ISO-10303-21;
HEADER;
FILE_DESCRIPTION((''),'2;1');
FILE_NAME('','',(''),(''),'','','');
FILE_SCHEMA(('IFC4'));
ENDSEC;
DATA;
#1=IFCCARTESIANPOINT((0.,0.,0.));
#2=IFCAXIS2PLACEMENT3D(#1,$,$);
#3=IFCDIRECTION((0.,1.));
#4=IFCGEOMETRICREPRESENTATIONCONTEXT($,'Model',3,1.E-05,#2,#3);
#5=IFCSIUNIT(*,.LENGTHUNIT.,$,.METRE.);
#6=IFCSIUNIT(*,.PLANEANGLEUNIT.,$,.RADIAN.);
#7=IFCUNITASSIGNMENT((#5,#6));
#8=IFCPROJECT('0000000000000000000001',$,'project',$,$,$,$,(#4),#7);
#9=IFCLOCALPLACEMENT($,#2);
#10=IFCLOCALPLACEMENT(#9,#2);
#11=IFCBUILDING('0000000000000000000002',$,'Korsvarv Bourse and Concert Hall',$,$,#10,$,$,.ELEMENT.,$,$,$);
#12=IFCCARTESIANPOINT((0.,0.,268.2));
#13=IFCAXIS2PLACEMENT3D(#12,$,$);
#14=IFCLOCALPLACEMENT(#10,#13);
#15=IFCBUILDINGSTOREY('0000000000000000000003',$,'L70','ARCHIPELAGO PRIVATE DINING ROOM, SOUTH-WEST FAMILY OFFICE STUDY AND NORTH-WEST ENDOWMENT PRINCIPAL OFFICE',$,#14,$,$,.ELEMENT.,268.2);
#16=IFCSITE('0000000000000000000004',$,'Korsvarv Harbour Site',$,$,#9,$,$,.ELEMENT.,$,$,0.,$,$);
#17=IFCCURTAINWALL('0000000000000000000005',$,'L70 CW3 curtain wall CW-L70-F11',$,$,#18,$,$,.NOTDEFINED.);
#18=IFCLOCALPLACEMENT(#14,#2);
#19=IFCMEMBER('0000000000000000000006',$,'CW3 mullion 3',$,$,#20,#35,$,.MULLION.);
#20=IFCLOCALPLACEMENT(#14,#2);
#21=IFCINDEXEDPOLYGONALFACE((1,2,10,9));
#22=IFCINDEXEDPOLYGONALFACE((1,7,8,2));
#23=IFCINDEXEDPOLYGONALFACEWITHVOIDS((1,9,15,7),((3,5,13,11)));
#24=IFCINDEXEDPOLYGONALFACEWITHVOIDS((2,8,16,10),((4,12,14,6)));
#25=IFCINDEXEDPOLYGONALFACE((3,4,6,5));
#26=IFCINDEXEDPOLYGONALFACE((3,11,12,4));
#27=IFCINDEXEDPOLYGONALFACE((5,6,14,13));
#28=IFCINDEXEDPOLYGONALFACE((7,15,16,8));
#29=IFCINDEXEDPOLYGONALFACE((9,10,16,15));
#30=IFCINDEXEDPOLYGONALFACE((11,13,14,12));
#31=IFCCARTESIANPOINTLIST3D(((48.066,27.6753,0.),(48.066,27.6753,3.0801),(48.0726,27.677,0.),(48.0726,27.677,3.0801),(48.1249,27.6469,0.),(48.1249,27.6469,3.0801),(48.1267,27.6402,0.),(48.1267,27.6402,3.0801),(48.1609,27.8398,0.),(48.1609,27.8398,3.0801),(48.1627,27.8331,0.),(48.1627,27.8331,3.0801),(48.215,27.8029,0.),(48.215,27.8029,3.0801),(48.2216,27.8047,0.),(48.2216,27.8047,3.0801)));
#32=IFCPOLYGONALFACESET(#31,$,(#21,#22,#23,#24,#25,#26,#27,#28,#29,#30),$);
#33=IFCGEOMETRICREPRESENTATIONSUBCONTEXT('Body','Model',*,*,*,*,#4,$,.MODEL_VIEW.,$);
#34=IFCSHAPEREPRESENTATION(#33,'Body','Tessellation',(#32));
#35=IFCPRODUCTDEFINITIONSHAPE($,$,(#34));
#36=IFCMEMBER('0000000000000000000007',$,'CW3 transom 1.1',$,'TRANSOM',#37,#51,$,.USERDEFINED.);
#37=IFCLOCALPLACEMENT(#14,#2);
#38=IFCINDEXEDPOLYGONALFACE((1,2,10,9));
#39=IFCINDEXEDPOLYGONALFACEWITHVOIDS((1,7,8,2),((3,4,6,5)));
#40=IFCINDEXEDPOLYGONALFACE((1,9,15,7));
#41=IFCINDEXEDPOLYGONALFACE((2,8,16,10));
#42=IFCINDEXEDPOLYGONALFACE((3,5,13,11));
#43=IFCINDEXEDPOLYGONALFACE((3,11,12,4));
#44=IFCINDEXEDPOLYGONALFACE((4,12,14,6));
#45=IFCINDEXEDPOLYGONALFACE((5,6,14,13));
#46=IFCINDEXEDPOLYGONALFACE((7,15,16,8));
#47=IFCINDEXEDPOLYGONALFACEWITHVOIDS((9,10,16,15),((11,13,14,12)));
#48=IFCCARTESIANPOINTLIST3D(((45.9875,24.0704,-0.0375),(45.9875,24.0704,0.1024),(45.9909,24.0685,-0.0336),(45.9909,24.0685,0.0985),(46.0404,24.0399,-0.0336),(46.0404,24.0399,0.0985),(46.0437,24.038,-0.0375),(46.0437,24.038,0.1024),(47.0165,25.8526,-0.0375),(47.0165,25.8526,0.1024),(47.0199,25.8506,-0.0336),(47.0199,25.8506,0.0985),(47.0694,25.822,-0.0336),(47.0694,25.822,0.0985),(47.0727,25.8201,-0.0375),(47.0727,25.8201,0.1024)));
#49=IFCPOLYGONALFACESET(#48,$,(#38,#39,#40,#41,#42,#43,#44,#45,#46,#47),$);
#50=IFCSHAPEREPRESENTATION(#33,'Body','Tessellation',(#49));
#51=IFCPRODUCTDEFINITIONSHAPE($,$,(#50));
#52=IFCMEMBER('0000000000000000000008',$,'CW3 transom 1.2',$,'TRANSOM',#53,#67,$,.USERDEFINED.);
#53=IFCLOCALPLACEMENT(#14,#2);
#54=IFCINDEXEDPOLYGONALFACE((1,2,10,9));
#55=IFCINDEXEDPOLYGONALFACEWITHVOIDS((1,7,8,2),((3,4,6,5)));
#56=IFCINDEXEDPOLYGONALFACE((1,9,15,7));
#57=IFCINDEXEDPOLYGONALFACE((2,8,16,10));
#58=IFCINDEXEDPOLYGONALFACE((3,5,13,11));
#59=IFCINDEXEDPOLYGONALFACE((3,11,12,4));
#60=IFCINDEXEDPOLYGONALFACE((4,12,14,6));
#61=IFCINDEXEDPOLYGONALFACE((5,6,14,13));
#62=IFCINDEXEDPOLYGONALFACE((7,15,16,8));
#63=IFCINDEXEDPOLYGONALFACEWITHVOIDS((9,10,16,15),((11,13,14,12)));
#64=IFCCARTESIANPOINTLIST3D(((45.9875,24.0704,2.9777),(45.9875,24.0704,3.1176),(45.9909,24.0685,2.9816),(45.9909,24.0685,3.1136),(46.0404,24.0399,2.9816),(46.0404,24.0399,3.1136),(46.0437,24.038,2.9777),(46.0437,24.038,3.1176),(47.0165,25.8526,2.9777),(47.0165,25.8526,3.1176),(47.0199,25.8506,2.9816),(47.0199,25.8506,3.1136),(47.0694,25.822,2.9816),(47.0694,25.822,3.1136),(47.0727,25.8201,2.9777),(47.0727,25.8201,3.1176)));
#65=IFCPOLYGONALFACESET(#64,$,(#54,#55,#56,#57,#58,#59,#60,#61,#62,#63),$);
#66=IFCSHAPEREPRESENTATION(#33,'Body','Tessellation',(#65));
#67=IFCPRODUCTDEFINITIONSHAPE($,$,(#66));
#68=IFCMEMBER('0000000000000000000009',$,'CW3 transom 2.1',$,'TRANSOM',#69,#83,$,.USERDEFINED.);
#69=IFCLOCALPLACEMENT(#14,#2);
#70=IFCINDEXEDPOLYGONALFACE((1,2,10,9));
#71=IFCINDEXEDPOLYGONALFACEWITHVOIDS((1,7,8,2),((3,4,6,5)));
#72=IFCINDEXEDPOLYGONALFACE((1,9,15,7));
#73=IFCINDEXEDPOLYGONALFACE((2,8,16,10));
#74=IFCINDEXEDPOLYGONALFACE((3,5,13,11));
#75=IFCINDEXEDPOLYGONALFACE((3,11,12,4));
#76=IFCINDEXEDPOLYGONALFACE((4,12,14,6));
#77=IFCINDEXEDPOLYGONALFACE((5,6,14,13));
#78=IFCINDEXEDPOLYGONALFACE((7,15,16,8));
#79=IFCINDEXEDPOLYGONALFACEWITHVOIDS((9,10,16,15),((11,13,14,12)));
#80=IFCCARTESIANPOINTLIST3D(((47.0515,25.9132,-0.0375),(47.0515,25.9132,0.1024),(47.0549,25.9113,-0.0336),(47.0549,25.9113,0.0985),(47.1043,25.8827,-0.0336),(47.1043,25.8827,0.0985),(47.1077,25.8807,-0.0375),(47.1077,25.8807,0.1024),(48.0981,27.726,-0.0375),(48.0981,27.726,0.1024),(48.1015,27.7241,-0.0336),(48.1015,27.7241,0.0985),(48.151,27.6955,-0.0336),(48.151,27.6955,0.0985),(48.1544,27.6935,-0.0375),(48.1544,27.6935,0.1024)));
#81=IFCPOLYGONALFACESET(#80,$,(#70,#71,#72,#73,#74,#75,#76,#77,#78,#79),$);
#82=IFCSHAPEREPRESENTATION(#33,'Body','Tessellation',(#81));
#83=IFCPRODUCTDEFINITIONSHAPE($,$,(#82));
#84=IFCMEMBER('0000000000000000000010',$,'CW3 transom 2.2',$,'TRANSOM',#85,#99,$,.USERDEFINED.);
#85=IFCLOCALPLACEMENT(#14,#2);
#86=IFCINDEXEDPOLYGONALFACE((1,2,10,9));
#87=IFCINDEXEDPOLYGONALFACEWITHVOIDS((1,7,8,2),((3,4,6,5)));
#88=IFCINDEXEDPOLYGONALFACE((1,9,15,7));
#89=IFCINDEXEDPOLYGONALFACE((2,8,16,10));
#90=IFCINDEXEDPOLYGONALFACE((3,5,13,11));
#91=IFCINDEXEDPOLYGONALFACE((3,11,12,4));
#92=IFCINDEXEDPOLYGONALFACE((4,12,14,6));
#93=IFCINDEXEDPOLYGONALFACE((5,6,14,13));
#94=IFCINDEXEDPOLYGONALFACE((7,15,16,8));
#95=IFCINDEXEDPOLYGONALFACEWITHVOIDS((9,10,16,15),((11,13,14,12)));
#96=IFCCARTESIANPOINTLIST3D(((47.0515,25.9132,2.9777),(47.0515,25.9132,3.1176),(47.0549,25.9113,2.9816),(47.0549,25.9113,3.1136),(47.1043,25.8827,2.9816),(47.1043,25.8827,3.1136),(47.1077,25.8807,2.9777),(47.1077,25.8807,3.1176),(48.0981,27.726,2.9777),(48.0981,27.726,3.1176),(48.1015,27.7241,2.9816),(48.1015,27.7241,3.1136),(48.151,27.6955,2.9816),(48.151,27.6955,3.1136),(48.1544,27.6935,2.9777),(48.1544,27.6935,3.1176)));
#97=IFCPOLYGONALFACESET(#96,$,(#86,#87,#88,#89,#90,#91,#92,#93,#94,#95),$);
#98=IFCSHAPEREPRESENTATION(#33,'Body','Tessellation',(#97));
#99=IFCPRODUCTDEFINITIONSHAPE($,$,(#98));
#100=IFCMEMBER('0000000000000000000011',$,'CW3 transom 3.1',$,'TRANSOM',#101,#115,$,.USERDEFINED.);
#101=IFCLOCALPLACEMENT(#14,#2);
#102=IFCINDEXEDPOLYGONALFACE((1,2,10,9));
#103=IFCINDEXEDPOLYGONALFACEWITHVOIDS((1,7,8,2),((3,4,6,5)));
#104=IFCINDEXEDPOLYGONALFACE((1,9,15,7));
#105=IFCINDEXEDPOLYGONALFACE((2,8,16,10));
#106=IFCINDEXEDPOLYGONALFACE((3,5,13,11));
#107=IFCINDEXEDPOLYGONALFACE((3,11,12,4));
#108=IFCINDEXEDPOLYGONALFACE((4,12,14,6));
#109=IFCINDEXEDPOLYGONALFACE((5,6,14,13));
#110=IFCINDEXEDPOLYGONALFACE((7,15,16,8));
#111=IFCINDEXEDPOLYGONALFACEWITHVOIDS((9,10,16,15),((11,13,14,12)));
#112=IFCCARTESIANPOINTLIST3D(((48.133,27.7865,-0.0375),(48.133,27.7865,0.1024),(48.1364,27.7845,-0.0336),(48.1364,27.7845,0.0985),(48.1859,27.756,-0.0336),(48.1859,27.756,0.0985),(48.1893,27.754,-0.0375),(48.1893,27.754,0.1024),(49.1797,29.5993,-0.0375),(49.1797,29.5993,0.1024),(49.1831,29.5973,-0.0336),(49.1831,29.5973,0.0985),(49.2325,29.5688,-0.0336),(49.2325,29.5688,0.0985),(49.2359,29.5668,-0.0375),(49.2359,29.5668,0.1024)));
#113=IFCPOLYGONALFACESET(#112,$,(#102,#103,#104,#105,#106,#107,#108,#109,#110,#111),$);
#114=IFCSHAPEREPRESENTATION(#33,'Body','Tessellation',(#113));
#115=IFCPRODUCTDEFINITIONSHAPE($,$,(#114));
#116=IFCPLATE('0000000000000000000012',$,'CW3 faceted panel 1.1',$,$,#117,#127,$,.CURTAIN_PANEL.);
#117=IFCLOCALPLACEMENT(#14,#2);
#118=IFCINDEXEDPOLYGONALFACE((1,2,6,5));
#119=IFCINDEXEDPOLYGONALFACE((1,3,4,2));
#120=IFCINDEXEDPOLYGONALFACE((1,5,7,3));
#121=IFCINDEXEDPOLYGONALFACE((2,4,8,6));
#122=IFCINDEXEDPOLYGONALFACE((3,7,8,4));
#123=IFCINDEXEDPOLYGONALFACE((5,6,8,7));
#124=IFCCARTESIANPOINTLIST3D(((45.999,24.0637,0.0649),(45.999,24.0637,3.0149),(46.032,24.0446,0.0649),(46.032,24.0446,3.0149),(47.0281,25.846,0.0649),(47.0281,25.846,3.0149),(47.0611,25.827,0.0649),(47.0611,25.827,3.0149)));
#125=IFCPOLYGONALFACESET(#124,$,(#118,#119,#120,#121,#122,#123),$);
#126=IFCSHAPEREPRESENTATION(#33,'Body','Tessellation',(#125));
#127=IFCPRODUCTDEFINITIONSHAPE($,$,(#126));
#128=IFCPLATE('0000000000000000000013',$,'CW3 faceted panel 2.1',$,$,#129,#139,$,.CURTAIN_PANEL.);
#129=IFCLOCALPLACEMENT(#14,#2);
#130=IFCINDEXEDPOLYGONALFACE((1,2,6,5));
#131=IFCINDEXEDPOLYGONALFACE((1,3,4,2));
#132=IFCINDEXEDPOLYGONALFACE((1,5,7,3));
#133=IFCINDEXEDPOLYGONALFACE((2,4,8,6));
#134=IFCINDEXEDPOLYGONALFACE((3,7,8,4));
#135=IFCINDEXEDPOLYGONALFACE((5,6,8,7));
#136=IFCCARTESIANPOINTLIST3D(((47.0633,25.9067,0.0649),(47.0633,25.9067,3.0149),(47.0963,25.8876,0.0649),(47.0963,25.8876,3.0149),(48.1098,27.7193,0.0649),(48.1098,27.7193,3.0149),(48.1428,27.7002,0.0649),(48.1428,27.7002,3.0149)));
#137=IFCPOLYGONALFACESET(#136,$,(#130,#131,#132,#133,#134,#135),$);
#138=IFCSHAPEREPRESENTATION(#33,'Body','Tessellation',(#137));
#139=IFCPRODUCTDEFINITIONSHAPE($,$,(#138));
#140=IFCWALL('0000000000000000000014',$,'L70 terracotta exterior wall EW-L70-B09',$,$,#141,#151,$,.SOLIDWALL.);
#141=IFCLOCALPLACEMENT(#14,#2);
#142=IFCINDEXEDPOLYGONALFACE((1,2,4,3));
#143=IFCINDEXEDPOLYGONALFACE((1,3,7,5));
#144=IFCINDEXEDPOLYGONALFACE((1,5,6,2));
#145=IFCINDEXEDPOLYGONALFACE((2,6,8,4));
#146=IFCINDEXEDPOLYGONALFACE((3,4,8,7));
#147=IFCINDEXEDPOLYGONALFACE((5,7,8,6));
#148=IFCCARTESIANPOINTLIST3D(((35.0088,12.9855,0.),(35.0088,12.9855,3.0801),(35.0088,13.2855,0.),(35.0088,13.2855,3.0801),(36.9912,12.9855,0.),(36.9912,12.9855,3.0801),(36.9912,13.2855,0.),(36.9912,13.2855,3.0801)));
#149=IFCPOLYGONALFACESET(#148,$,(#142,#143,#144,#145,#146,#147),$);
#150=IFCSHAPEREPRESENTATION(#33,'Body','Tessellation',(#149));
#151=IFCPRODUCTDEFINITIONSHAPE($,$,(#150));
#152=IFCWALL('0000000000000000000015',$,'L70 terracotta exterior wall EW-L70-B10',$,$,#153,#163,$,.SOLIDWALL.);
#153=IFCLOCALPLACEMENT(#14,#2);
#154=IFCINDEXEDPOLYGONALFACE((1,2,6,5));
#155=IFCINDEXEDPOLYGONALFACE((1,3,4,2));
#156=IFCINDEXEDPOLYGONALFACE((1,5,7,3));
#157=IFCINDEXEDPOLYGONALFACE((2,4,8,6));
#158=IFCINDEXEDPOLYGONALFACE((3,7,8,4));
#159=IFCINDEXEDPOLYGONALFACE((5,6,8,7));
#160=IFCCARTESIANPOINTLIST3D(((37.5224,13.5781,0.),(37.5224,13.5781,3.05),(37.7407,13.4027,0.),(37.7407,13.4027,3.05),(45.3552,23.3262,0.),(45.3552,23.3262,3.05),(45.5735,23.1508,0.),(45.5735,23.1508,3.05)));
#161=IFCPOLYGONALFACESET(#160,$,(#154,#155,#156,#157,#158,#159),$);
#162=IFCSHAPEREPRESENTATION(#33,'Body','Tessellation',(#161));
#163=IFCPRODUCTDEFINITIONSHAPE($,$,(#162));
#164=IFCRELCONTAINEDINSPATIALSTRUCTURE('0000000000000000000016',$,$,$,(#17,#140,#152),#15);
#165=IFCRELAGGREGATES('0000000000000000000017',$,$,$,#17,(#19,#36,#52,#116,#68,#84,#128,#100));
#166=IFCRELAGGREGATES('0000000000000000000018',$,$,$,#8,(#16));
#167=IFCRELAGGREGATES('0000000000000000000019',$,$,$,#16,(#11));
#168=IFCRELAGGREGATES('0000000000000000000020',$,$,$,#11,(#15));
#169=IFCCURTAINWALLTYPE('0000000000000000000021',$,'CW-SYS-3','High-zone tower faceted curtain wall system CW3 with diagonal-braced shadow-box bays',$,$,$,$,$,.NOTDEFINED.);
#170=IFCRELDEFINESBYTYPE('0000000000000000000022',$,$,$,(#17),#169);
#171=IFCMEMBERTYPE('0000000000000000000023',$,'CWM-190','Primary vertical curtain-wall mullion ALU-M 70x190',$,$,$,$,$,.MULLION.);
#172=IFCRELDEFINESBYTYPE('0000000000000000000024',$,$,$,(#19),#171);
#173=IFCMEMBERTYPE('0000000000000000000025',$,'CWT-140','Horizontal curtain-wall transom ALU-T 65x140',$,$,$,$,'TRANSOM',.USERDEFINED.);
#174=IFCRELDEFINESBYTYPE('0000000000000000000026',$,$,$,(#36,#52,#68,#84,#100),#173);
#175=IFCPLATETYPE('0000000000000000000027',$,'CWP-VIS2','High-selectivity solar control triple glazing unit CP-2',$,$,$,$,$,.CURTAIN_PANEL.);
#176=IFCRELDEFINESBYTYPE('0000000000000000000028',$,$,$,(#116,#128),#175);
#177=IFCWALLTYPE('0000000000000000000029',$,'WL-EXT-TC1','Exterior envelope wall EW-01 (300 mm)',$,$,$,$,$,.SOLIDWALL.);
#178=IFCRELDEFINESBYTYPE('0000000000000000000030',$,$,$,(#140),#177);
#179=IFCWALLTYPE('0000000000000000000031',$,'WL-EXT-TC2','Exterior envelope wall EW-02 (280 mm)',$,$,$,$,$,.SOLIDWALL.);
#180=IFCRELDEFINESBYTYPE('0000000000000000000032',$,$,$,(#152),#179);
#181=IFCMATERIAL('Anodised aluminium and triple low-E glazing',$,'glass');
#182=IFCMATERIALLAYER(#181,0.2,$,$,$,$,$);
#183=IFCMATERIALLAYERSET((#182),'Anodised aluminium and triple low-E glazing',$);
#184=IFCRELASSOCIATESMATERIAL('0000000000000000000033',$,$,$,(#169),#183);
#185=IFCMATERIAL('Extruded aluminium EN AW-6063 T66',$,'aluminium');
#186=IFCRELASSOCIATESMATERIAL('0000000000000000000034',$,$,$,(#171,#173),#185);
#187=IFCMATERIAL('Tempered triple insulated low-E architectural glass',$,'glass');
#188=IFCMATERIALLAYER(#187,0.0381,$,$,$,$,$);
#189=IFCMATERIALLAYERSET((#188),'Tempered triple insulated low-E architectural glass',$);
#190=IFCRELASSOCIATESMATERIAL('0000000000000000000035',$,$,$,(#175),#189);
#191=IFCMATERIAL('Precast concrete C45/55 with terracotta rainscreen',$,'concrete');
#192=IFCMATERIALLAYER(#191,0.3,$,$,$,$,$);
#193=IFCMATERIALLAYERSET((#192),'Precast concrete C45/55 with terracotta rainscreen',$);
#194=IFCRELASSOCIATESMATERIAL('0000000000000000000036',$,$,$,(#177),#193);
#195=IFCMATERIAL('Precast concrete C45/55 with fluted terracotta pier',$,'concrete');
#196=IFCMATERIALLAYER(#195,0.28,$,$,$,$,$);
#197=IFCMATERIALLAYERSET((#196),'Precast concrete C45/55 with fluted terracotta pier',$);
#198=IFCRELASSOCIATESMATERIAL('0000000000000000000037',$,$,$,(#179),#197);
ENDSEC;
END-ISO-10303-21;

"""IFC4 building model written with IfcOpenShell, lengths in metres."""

from ifc_helpers import new_model, si_unit, direction, frame, frame_2d, origin, origin_2d, place, context, subcontext, project, spatial, rectangle, hollow_rectangle, extrude, source, transform, mapped, material, layer, layer_set, material_profile, profile_set, type_object, element, aggregate, save


model = new_model("IFC4")

# Units and contexts
model_context = context("Model", 3, precision=1e-05, world=origin(), true_north=direction((0.0, 1.0)))
body_context = subcontext(model_context, "Body", "Model", "MODEL_VIEW")
ifc_project = project(units=[si_unit("LENGTHUNIT", "METRE"), si_unit("PLANEANGLEUNIT", "RADIAN")], contexts=[model_context])

# Site, building, storey
site_placement = place(None, origin())
site = spatial("IfcSite", under=ifc_project, at=site_placement, Name="Korsvarv Harbour Site", CompositionType="ELEMENT", RefElevation=0.0)
building_placement = place(site_placement, origin())
building = spatial("IfcBuilding", under=site, at=building_placement, Name="Korsvarv Bourse and Concert Hall", CompositionType="ELEMENT")
storey_placement = place(building_placement, frame((0.0, 0.0, 268.2)))
storey = spatial("IfcBuildingStorey", under=building, at=storey_placement, Name="L70", Description="ARCHIPELAGO PRIVATE DINING ROOM, SOUTH-WEST FAMILY OFFICE STUDY AND NORTH-WEST ENDOWMENT PRINCIPAL OFFICE", CompositionType="ELEMENT", Elevation=268.2)

# Curtain wall, members, plates
ifc_material_1 = material(Name="Anodised aluminium and triple low-E glazing", Category="glass")
ifc_layer_1 = layer(ifc_material_1, 0.2)
ifc_layer_set_1 = layer_set([ifc_layer_1], Name="Anodised aluminium and triple low-E glazing")
curtain_wall_type = type_object("IfcCurtainWallType", Name="CW-SYS-3", Description="High-zone tower faceted curtain wall system CW3 with diagonal-braced shadow-box bays", PredefinedType="NOTDEFINED", material=ifc_layer_set_1)
curtain_wall_placement = place(storey_placement, origin())
curtain_wall = element("IfcCurtainWall", 1, at=curtain_wall_placement, inside=storey, type_object=curtain_wall_type, Name="L70 CW3 curtain wall CW-L70-F11", PredefinedType="NOTDEFINED")
ifc_material_2 = material(Name="Extruded aluminium EN AW-6063 T66", Category="aluminium")
ifc_material_profile_1 = material_profile(ifc_material_2, hollow_rectangle(XDim=0.0701, YDim=0.1899, WallThickness=0.0049, at=origin_2d()), Name="ALU-M 70x190")
ifc_profile_set_1 = profile_set([ifc_material_profile_1], Name="Extruded aluminium EN AW-6063 T66")
member_type_1 = type_object("IfcMemberType", Name="CWM-190", Description="Primary vertical curtain-wall mullion ALU-M 70x190", PredefinedType="MULLION", material=ifc_profile_set_1)
shared_shape_1 = source(origin(), body_context, "Body", "SweptSolid", [
    extrude(hollow_rectangle(XDim=0.0701, YDim=0.1899, WallThickness=0.0049, at=origin_2d()), origin(), (0.0, 0.0, 1.0), 3.0801),
])
member_1_placement = place(storey_placement, frame((48.1438, 27.74, 0.0), z_axis=(0.0, 0.0, 1.0), x_axis=(-0.866023, 0.500004, 0.0)))
member_1 = element("IfcMember", 2, at=member_1_placement, type_object=member_type_1, Name="CW3 mullion 3", PredefinedType="MULLION", context=body_context, shape_type="MappedRepresentation", body=[
    mapped(shared_shape_1, transform((0.0, 0.0, 0.0), scale=1.0)),
])
ifc_material_profile_2 = material_profile(ifc_material_2, hollow_rectangle(XDim=0.0649, YDim=0.1399, WallThickness=0.0039, at=origin_2d()), Name="ALU-T 65x140")
ifc_profile_set_2 = profile_set([ifc_material_profile_2], Name="Extruded aluminium EN AW-6063 T66")
member_type_2 = type_object("IfcMemberType", Name="CWT-140", Description="Horizontal curtain-wall transom ALU-T 65x140", ElementType="TRANSOM", PredefinedType="USERDEFINED", material=ifc_profile_set_2)
shared_shape_2 = source(origin(), body_context, "Body", "SweptSolid", [
    extrude(hollow_rectangle(XDim=0.0649, YDim=0.1399, WallThickness=0.0039, at=origin_2d()), origin(), (0.0, 0.0, 1.0), 2.0579),
])
member_2_placement = place(storey_placement, frame((46.0156, 24.0542, 0.0325), z_axis=(0.500031, 0.866008, 0.0), x_axis=(-0.866008, 0.500031, 0.0)))
member_2 = element("IfcMember", 3, at=member_2_placement, type_object=member_type_2, Name="CW3 transom 1.1", ObjectType="TRANSOM", PredefinedType="USERDEFINED", context=body_context, shape_type="MappedRepresentation", body=[
    mapped(shared_shape_2, transform((0.0, 0.0, 0.0), scale=1.0)),
])
member_3_placement = place(storey_placement, frame((46.0156, 24.0542, 3.0476), z_axis=(0.500031, 0.866008, 0.0), x_axis=(-0.866008, 0.500031, 0.0)))
member_3 = element("IfcMember", 4, at=member_3_placement, type_object=member_type_2, Name="CW3 transom 1.2", ObjectType="TRANSOM", PredefinedType="USERDEFINED", context=body_context, shape_type="MappedRepresentation", body=[
    mapped(shared_shape_2, transform((0.0, 0.0, 0.0), scale=1.0)),
])
shared_shape_3 = source(origin(), body_context, "Body", "SweptSolid", [
    extrude(hollow_rectangle(XDim=0.0649, YDim=0.1399, WallThickness=0.0039, at=origin_2d()), origin(), (0.0, 0.0, 1.0), 2.0933),
])
member_4_placement = place(storey_placement, frame((47.0796, 25.897, 0.0325), z_axis=(0.500015, 0.866017, 0.0), x_axis=(-0.866017, 0.500015, 0.0)))
member_4 = element("IfcMember", 5, at=member_4_placement, type_object=member_type_2, Name="CW3 transom 2.1", ObjectType="TRANSOM", PredefinedType="USERDEFINED", context=body_context, shape_type="MappedRepresentation", body=[
    mapped(shared_shape_3, transform((0.0, 0.0, 0.0), scale=1.0)),
])
member_5_placement = place(storey_placement, frame((47.0796, 25.897, 3.0476), z_axis=(0.500015, 0.866017, 0.0), x_axis=(-0.866017, 0.500015, 0.0)))
member_5 = element("IfcMember", 6, at=member_5_placement, type_object=member_type_2, Name="CW3 transom 2.2", ObjectType="TRANSOM", PredefinedType="USERDEFINED", context=body_context, shape_type="MappedRepresentation", body=[
    mapped(shared_shape_3, transform((0.0, 0.0, 0.0), scale=1.0)),
])
member_6_placement = place(storey_placement, frame((48.1611, 27.7703, 0.0325), z_axis=(0.500015, 0.866017, 0.0), x_axis=(-0.866017, 0.500015, 0.0)))
member_6 = element("IfcMember", 7, at=member_6_placement, type_object=member_type_2, Name="CW3 transom 3.1", ObjectType="TRANSOM", PredefinedType="USERDEFINED", context=body_context, shape_type="MappedRepresentation", body=[
    mapped(shared_shape_3, transform((0.0, 0.0, 0.0), scale=1.0)),
])
ifc_material_3 = material(Name="Tempered triple insulated low-E architectural glass", Category="glass")
ifc_layer_2 = layer(ifc_material_3, 0.0381)
ifc_layer_set_2 = layer_set([ifc_layer_2], Name="Tempered triple insulated low-E architectural glass")
plate_type = type_object("IfcPlateType", Name="CWP-VIS2", Description="High-selectivity solar control triple glazing unit CP-2", PredefinedType="CURTAIN_PANEL", material=ifc_layer_set_2)
shared_shape_4 = source(origin(), body_context, "Body", "SweptSolid", [
    extrude(rectangle(XDim=2.0581, YDim=0.0381, at=origin_2d()), origin(), (0.0, 0.0, 1.0), 2.95),
])
plate_1_placement = place(storey_placement, frame((46.53, 24.9453, 0.0649), z_axis=(0.0, 0.0, 1.0), x_axis=(0.500004, 0.866023, 0.0)))
plate_1 = element("IfcPlate", 8, at=plate_1_placement, type_object=plate_type, Name="CW3 faceted panel 1.1", PredefinedType="CURTAIN_PANEL", context=body_context, shape_type="MappedRepresentation", body=[
    mapped(shared_shape_4, transform((0.0, 0.0, 0.0), scale=1.0)),
])
shared_shape_5 = source(origin(), body_context, "Body", "SweptSolid", [
    extrude(rectangle(XDim=2.093, YDim=0.0381, at=origin_2d()), origin(), (0.0, 0.0, 1.0), 2.95),
])
plate_2_placement = place(storey_placement, frame((47.603, 26.8035, 0.0649), z_axis=(0.0, 0.0, 1.0), x_axis=(0.500004, 0.866023, 0.0)))
plate_2 = element("IfcPlate", 9, at=plate_2_placement, type_object=plate_type, Name="CW3 faceted panel 2.1", PredefinedType="CURTAIN_PANEL", context=body_context, shape_type="MappedRepresentation", body=[
    mapped(shared_shape_5, transform((0.0, 0.0, 0.0), scale=1.0)),
])
aggregate(curtain_wall, [member_1, member_2, member_3, plate_1, member_4, member_5, plate_2, member_6])

# Walls
ifc_material_4 = material(Name="Precast concrete C45/55 with terracotta rainscreen", Category="concrete")
ifc_layer_3 = layer(ifc_material_4, 0.3)
ifc_layer_set_3 = layer_set([ifc_layer_3], Name="Precast concrete C45/55 with terracotta rainscreen")
wall_type_1 = type_object("IfcWallType", Name="WL-EXT-TC1", Description="Exterior envelope wall EW-01 (300 mm)", PredefinedType="SOLIDWALL", material=ifc_layer_set_3)
wall_1_placement = place(storey_placement, frame((35.0088, 13.1355, 0.0), z_axis=(0.0, 0.0, 1.0), x_axis=(1.0, 0.0, 0.0)))
element("IfcWall", 10, at=wall_1_placement, inside=storey, type_object=wall_type_1, Name="L70 terracotta exterior wall EW-L70-B09", PredefinedType="SOLIDWALL", context=body_context, shape_type="SweptSolid", body=[
    extrude(rectangle(XDim=1.9824, YDim=0.3, at=frame_2d((0.9912, 0.0))), origin(), (0.0, 0.0, 1.0), 3.0801),
])
ifc_material_5 = material(Name="Precast concrete C45/55 with fluted terracotta pier", Category="concrete")
ifc_layer_4 = layer(ifc_material_5, 0.28)
ifc_layer_set_4 = layer_set([ifc_layer_4], Name="Precast concrete C45/55 with fluted terracotta pier")
wall_type_2 = type_object("IfcWallType", Name="WL-EXT-TC2", Description="Exterior envelope wall EW-02 (280 mm)", PredefinedType="SOLIDWALL", material=ifc_layer_set_4)
wall_2_placement = place(storey_placement, frame((37.6316, 13.4905, 0.0), z_axis=(0.0, 0.0, 1.0), x_axis=(0.626367, 0.779528, 0.0)))
element("IfcWall", 11, at=wall_2_placement, inside=storey, type_object=wall_type_2, Name="L70 terracotta exterior wall EW-L70-B10", PredefinedType="SOLIDWALL", context=body_context, shape_type="SweptSolid", body=[
    extrude(rectangle(XDim=12.5051, YDim=0.28, at=frame_2d((6.2524, 0.0))), origin(), (0.0, 0.0, 1.0), 3.05),
])

save(model, "model.ifc")
